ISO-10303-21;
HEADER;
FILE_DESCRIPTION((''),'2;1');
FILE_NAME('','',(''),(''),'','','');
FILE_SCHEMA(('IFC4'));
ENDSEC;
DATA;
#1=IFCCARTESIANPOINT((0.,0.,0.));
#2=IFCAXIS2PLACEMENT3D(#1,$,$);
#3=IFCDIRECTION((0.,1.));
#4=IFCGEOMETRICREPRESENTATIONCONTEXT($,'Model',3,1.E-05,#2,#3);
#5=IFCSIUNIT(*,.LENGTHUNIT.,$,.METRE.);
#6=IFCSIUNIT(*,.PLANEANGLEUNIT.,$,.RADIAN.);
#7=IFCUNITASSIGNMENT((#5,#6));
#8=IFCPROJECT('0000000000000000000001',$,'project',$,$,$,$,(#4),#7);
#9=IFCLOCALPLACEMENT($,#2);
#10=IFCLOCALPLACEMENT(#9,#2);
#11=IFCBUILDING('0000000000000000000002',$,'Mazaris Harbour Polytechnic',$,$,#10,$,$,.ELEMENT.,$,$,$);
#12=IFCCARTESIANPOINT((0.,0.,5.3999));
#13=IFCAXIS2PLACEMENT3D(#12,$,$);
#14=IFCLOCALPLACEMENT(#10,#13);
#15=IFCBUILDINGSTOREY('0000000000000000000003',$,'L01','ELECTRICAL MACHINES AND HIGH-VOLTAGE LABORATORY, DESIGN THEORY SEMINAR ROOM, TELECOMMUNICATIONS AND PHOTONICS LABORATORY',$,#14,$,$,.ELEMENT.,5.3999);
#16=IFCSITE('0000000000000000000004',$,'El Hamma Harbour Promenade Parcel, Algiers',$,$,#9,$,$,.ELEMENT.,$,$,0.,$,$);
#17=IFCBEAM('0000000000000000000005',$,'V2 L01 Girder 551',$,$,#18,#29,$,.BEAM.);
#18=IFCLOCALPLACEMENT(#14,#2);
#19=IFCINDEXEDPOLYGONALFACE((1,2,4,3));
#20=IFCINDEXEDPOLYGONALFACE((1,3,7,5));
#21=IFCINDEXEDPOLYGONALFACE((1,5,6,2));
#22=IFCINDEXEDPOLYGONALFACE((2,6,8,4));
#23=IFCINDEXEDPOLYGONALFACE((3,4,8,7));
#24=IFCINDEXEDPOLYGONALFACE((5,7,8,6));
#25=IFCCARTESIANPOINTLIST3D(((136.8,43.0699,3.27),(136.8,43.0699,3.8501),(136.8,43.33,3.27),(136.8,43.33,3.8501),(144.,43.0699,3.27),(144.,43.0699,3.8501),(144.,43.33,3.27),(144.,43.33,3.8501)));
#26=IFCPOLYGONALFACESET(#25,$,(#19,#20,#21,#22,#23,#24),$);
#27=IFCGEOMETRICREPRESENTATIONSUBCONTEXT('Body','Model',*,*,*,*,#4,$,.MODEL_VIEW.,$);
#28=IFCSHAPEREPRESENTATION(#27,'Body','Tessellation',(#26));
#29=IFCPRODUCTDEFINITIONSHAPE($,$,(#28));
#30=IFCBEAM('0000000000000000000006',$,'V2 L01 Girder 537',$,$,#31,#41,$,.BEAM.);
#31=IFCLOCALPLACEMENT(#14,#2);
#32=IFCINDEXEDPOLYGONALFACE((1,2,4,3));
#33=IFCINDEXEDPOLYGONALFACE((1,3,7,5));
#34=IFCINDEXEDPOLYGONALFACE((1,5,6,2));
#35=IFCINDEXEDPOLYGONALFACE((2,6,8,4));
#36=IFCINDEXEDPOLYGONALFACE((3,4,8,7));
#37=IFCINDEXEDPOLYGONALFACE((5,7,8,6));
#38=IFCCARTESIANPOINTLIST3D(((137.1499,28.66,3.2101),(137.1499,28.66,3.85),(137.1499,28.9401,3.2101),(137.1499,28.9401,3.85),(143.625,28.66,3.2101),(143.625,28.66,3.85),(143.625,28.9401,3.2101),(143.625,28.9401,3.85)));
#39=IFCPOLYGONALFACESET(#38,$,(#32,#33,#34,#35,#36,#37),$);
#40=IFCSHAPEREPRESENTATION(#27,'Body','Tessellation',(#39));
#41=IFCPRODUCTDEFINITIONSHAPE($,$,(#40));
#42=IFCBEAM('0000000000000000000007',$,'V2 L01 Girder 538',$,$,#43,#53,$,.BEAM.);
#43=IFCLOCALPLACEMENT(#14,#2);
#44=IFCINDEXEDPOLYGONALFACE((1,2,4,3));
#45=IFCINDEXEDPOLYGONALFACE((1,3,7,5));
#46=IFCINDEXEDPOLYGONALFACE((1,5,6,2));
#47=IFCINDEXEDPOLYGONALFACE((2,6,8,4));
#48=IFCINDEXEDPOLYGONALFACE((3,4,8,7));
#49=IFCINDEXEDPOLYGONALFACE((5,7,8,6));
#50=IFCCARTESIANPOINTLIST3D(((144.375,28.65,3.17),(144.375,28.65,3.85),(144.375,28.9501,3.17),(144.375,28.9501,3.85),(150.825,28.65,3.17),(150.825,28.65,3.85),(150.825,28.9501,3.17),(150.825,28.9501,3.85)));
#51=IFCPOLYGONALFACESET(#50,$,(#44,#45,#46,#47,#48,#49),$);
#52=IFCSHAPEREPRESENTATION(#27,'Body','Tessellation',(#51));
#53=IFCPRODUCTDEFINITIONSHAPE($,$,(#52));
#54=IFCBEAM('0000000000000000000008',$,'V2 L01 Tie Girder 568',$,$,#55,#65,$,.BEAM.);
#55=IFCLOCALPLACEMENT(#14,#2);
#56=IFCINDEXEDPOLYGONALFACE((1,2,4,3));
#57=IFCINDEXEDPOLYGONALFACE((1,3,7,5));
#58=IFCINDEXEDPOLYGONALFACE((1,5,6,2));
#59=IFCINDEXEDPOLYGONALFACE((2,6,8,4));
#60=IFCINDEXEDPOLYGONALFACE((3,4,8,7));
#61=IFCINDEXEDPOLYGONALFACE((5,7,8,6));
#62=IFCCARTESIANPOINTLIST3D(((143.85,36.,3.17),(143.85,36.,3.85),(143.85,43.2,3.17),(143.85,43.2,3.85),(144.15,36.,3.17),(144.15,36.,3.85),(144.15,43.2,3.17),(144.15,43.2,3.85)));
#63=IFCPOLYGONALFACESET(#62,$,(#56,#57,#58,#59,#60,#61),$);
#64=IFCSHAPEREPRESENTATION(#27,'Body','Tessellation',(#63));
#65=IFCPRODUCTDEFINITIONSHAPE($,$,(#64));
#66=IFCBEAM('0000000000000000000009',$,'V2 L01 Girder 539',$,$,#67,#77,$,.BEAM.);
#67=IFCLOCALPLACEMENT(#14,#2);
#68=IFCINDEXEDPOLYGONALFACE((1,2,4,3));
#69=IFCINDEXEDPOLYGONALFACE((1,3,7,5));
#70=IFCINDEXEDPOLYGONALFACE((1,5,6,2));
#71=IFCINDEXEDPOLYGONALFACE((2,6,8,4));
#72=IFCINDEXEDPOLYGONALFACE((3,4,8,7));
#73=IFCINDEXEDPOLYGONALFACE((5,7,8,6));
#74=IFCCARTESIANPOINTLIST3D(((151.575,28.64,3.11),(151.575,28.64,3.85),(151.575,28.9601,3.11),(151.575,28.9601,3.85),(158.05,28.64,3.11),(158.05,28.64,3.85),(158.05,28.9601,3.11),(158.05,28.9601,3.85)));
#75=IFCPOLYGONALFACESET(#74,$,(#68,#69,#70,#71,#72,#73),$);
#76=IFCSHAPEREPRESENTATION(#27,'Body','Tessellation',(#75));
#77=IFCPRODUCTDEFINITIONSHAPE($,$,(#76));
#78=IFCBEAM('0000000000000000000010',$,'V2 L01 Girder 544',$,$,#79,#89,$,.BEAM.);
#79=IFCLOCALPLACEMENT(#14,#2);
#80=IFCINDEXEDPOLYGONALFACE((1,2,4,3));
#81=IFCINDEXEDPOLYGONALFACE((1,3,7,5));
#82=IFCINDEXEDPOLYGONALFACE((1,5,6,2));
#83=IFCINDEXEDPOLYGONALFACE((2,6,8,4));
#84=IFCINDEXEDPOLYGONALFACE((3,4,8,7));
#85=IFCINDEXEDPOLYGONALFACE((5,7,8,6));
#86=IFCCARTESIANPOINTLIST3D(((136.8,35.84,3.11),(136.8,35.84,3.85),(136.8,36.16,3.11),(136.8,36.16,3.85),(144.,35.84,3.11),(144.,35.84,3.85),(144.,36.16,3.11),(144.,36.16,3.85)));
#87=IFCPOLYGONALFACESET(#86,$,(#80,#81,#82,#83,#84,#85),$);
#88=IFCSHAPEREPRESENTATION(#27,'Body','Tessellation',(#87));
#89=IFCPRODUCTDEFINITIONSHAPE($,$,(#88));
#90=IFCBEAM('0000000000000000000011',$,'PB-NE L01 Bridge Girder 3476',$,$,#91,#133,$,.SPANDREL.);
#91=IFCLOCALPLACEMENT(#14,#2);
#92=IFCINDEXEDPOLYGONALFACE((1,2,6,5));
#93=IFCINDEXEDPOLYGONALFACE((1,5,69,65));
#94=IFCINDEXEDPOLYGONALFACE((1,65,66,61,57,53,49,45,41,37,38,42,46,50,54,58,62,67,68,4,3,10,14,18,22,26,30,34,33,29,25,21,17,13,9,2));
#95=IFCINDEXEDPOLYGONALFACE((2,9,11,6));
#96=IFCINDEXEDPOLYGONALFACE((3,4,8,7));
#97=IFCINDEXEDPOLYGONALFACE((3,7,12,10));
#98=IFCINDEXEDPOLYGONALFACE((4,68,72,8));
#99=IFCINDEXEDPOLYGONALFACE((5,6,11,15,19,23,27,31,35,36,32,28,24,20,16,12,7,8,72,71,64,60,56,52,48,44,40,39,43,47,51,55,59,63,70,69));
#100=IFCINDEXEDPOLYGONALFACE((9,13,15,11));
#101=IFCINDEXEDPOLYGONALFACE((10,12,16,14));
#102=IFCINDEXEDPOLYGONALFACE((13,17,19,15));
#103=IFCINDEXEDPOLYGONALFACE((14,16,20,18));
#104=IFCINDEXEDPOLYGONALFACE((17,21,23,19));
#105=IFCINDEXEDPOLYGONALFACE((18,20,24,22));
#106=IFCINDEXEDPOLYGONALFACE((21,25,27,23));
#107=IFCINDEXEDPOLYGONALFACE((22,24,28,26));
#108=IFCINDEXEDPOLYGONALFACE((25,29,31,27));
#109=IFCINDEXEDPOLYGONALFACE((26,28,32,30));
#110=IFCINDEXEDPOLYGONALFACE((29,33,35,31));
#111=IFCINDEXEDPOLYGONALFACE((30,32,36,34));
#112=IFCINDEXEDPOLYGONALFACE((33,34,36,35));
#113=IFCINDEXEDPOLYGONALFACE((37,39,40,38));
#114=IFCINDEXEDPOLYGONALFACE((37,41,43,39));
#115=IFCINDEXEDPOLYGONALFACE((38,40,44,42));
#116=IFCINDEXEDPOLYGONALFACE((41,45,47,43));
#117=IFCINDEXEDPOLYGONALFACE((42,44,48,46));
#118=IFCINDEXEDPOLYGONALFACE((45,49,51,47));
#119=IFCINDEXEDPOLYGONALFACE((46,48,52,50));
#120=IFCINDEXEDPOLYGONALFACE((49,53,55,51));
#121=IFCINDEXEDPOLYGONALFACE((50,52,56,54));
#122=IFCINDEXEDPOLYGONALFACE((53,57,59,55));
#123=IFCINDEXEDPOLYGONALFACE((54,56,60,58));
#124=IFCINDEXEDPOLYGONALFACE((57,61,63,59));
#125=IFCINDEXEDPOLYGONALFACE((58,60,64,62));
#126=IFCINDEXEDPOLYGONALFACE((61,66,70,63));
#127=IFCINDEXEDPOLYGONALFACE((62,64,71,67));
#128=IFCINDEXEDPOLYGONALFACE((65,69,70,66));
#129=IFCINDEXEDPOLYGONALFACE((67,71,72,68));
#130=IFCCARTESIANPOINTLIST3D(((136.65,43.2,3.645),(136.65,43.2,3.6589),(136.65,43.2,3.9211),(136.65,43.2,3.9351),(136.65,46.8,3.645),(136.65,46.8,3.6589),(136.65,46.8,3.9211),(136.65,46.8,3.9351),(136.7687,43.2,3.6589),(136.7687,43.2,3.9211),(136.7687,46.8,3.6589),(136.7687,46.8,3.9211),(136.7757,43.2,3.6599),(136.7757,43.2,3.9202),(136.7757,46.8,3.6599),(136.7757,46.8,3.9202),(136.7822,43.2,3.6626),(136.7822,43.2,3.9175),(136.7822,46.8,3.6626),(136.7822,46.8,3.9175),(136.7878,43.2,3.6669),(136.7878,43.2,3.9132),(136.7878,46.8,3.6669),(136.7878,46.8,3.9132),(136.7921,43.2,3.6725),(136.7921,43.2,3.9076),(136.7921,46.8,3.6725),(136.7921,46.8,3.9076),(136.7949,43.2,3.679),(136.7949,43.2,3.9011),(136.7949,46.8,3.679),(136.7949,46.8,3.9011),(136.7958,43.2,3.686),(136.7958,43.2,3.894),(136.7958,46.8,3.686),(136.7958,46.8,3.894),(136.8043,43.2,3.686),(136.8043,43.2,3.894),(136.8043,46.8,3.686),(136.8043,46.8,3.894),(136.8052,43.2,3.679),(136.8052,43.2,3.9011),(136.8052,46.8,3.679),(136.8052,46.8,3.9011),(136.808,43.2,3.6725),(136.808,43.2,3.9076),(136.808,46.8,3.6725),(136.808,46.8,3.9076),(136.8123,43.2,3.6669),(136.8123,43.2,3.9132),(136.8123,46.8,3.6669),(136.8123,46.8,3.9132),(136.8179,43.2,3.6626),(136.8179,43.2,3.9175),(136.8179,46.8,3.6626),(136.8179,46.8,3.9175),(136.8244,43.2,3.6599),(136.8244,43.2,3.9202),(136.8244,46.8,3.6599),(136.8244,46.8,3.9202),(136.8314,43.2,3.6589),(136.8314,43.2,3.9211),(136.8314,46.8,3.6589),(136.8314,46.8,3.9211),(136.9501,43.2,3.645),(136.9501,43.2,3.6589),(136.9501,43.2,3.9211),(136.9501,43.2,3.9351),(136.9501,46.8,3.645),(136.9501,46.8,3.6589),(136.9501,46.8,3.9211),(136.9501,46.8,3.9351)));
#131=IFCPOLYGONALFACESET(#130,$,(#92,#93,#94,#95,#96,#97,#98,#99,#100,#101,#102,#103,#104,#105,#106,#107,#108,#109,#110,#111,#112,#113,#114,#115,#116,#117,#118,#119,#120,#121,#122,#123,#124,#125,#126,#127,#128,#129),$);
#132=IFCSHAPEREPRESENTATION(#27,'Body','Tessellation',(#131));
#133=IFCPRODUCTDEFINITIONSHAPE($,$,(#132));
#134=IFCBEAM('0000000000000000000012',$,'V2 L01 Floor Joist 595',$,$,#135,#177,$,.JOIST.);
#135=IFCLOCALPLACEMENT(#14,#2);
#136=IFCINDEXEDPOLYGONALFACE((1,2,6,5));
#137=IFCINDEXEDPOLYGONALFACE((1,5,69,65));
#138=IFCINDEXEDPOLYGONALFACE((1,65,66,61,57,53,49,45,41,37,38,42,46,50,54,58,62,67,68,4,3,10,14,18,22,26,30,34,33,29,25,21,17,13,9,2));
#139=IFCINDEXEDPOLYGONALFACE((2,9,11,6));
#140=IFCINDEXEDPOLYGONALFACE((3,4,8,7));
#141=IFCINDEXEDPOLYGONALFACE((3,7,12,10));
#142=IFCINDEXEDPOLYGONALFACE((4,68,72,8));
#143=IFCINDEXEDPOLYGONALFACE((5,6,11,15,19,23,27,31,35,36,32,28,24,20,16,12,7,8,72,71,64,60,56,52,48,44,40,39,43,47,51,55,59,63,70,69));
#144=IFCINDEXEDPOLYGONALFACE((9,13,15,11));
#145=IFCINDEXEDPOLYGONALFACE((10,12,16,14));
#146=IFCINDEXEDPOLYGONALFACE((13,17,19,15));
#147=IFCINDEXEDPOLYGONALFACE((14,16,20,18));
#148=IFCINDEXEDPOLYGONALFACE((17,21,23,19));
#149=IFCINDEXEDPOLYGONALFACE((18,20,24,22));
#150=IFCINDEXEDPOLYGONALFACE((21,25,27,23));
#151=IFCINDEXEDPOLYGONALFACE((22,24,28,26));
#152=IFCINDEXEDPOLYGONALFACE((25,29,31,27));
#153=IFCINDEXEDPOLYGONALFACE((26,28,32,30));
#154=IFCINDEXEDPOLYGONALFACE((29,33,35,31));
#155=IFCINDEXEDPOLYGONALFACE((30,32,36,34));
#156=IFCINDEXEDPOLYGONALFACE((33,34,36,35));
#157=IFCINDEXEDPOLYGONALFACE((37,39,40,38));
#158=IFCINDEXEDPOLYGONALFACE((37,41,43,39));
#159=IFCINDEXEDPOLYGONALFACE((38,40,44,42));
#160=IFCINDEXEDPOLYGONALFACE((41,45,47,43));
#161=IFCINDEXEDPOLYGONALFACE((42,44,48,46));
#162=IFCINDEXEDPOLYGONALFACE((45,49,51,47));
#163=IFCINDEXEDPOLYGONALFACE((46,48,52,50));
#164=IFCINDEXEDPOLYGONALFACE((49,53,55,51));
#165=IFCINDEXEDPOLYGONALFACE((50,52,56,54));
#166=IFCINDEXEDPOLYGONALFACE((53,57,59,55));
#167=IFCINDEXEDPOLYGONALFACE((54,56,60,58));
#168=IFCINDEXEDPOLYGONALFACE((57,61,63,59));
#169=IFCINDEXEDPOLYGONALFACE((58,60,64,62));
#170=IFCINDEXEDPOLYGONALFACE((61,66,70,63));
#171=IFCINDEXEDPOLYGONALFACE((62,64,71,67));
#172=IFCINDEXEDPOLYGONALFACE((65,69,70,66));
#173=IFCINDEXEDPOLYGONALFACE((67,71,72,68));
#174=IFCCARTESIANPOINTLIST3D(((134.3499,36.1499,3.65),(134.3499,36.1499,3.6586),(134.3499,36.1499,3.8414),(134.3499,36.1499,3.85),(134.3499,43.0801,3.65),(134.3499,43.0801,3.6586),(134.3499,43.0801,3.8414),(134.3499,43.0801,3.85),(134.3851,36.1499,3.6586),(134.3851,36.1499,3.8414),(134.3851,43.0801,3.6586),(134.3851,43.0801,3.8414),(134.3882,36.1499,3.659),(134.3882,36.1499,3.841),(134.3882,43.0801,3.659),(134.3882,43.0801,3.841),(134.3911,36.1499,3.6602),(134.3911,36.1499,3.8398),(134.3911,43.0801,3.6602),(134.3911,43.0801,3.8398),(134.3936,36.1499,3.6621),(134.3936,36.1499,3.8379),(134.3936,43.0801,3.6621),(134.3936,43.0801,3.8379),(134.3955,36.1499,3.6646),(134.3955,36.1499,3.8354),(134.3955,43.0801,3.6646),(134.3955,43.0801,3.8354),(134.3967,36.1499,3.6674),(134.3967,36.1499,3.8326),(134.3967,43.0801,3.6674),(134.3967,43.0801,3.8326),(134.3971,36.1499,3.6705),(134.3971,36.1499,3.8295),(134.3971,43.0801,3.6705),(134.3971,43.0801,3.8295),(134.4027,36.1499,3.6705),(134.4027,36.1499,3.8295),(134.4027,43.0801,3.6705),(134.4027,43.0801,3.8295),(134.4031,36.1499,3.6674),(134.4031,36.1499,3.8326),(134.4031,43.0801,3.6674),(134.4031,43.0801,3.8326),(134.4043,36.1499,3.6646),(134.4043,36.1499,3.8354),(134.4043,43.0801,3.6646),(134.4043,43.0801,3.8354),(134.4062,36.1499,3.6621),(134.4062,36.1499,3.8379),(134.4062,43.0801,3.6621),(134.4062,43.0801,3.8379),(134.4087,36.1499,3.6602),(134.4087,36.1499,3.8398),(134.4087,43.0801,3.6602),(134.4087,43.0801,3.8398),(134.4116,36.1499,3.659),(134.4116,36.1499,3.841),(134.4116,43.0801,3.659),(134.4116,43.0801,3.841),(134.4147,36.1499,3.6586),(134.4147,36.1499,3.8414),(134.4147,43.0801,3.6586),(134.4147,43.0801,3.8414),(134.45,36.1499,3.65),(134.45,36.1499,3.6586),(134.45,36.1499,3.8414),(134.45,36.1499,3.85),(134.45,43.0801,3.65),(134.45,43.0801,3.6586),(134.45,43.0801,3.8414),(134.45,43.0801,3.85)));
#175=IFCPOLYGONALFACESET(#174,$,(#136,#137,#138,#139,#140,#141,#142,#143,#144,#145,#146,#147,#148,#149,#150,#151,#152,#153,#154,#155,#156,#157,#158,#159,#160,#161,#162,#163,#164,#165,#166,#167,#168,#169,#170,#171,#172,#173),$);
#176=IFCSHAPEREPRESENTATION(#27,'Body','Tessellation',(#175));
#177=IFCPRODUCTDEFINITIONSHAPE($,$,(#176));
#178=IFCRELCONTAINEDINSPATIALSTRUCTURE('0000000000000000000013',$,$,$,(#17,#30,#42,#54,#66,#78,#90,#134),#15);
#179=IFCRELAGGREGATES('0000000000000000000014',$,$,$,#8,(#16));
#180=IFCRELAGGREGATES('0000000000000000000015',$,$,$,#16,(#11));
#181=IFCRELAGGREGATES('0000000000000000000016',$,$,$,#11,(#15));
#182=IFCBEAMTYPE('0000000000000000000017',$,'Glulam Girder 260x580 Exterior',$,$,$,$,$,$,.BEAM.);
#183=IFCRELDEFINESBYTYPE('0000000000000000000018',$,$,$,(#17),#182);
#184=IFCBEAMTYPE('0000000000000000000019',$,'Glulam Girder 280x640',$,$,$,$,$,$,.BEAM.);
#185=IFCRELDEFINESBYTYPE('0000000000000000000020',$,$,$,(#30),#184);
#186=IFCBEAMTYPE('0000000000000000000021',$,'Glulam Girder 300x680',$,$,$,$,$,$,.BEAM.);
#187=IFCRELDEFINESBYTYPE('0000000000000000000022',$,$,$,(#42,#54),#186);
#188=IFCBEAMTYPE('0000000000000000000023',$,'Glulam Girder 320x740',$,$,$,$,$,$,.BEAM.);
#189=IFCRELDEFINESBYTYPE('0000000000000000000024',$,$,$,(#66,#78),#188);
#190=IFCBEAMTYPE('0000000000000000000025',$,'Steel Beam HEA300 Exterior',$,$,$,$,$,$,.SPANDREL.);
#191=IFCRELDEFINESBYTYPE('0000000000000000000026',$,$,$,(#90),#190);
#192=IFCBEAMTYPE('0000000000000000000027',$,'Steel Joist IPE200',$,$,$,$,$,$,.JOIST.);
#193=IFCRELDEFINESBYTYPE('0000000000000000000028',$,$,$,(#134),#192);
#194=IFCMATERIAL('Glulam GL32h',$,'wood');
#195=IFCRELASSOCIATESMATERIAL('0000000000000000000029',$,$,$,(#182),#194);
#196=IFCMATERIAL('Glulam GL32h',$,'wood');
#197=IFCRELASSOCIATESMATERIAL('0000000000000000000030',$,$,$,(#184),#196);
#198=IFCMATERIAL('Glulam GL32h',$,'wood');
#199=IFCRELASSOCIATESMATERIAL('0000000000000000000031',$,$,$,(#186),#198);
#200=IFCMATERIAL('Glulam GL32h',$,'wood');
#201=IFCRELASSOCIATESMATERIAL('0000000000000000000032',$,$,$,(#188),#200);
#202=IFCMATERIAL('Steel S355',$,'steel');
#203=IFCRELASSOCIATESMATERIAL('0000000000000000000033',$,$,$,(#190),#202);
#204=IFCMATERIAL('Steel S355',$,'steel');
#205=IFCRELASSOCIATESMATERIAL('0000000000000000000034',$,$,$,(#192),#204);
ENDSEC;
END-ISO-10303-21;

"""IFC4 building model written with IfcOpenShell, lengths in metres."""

from ifc_helpers import new_model, si_unit, direction, frame, origin, origin_2d, place, context, subcontext, project, spatial, rectangle, i_section, extrude, material, material_profile, profile_set, type_object, element, save


model = new_model("IFC4")

# Units and contexts
model_context = context("Model", 3, precision=1e-05, world=origin(), true_north=direction((0.0, 1.0)))
body_context = subcontext(model_context, "Body", "Model", "MODEL_VIEW")
ifc_project = project(units=[si_unit("LENGTHUNIT", "METRE"), si_unit("PLANEANGLEUNIT", "RADIAN")], contexts=[model_context])

# Site, building, storey
site_placement = place(None, origin())
site = spatial("IfcSite", under=ifc_project, at=site_placement, Name="El Hamma Harbour Promenade Parcel, Algiers", CompositionType="ELEMENT", RefElevation=0.0)
building_placement = place(site_placement, origin())
building = spatial("IfcBuilding", under=site, at=building_placement, Name="Mazaris Harbour Polytechnic", CompositionType="ELEMENT")
storey_placement = place(building_placement, frame((0.0, 0.0, 5.3999)))
storey = spatial("IfcBuildingStorey", under=building, at=storey_placement, Name="L01", Description="ELECTRICAL MACHINES AND HIGH-VOLTAGE LABORATORY, DESIGN THEORY SEMINAR ROOM, TELECOMMUNICATIONS AND PHOTONICS LABORATORY", CompositionType="ELEMENT", Elevation=5.3999)

# Beams
ifc_material_1 = material(Name="Glulam GL32h", Category="wood")
ifc_material_profile_1 = material_profile(ifc_material_1, rectangle(XDim=0.26, YDim=0.5801, at=origin_2d()), Name="RECT260x580")
ifc_profile_set_1 = profile_set([ifc_material_profile_1], Name="Glulam GL32h")
beam_type_1 = type_object("IfcBeamType", Name="Glulam Girder 260x580 Exterior", PredefinedType="BEAM", material=ifc_profile_set_1)
beam_1_placement = place(storey_placement, frame((136.8, 43.2, 3.5601), z_axis=(1.0, 0.0, 0.0), x_axis=(0.0, 1.0, 0.0)))
element("IfcBeam", 1, at=beam_1_placement, inside=storey, type_object=beam_type_1, Name="V2 L01 Girder 551", PredefinedType="BEAM", context=body_context, shape_type="SweptSolid", body=[
    extrude(rectangle(XDim=0.26, YDim=0.5801, at=origin_2d()), origin(), (0.0, 0.0, 1.0), 7.2),
])
ifc_material_2 = material(Name="Glulam GL32h", Category="wood")
ifc_material_profile_2 = material_profile(ifc_material_2, rectangle(XDim=0.28, YDim=0.6399, at=origin_2d()), Name="RECT280x640")
ifc_profile_set_2 = profile_set([ifc_material_profile_2], Name="Glulam GL32h")
beam_type_2 = type_object("IfcBeamType", Name="Glulam Girder 280x640", PredefinedType="BEAM", material=ifc_profile_set_2)
beam_2_placement = place(storey_placement, frame((137.1499, 28.8, 3.53), z_axis=(1.0, 0.0, 0.0), x_axis=(0.0, 1.0, 0.0)))
element("IfcBeam", 2, at=beam_2_placement, inside=storey, type_object=beam_type_2, Name="V2 L01 Girder 537", PredefinedType="BEAM", context=body_context, shape_type="SweptSolid", body=[
    extrude(rectangle(XDim=0.28, YDim=0.6399, at=origin_2d()), origin(), (0.0, 0.0, 1.0), 6.4751),
])
ifc_material_3 = material(Name="Glulam GL32h", Category="wood")
ifc_material_profile_3 = material_profile(ifc_material_3, rectangle(XDim=0.3, YDim=0.6799, at=origin_2d()), Name="RECT300x680")
ifc_profile_set_3 = profile_set([ifc_material_profile_3], Name="Glulam GL32h")
beam_type_3 = type_object("IfcBeamType", Name="Glulam Girder 300x680", PredefinedType="BEAM", material=ifc_profile_set_3)
beam_3_placement = place(storey_placement, frame((144.375, 28.8, 3.51), z_axis=(1.0, 0.0, 0.0), x_axis=(0.0, 1.0, 0.0)))
element("IfcBeam", 3, at=beam_3_placement, inside=storey, type_object=beam_type_3, Name="V2 L01 Girder 538", PredefinedType="BEAM", context=body_context, shape_type="SweptSolid", body=[
    extrude(rectangle(XDim=0.3, YDim=0.6799, at=origin_2d()), origin(), (0.0, 0.0, 1.0), 6.45),
])
beam_4_placement = place(storey_placement, frame((144.0, 36.0, 3.51), z_axis=(0.0, 1.0, 0.0), x_axis=(-1.0, 0.0, 0.0)))
element("IfcBeam", 4, at=beam_4_placement, inside=storey, type_object=beam_type_3, Name="V2 L01 Tie Girder 568", PredefinedType="BEAM", context=body_context, shape_type="SweptSolid", body=[
    extrude(rectangle(XDim=0.3, YDim=0.6799, at=origin_2d()), origin(), (0.0, 0.0, 1.0), 7.2),
])
ifc_material_4 = material(Name="Glulam GL32h", Category="wood")
ifc_material_profile_4 = material_profile(ifc_material_4, rectangle(XDim=0.3201, YDim=0.74, at=origin_2d()), Name="RECT320x740")
ifc_profile_set_4 = profile_set([ifc_material_profile_4], Name="Glulam GL32h")
beam_type_4 = type_object("IfcBeamType", Name="Glulam Girder 320x740", PredefinedType="BEAM", material=ifc_profile_set_4)
beam_5_placement = place(storey_placement, frame((151.575, 28.8, 3.48), z_axis=(1.0, 0.0, 0.0), x_axis=(0.0, 1.0, 0.0)))
element("IfcBeam", 5, at=beam_5_placement, inside=storey, type_object=beam_type_4, Name="V2 L01 Girder 539", PredefinedType="BEAM", context=body_context, shape_type="SweptSolid", body=[
    extrude(rectangle(XDim=0.3201, YDim=0.74, at=origin_2d()), origin(), (0.0, 0.0, 1.0), 6.4751),
])
beam_6_placement = place(storey_placement, frame((136.8, 36.0, 3.48), z_axis=(1.0, 0.0, 0.0), x_axis=(0.0, 1.0, 0.0)))
element("IfcBeam", 6, at=beam_6_placement, inside=storey, type_object=beam_type_4, Name="V2 L01 Girder 544", PredefinedType="BEAM", context=body_context, shape_type="SweptSolid", body=[
    extrude(rectangle(XDim=0.3201, YDim=0.74, at=origin_2d()), origin(), (0.0, 0.0, 1.0), 7.2),
])
ifc_material_5 = material(Name="Steel S355", Category="steel")
ifc_material_profile_5 = material_profile(ifc_material_5, i_section(OverallWidth=0.3, OverallDepth=0.29, WebThickness=0.0085, FlangeThickness=0.0139, FilletRadius=0.0271, at=origin_2d()), Name="HEA 300")
ifc_profile_set_5 = profile_set([ifc_material_profile_5], Name="Steel S355")
beam_type_5 = type_object("IfcBeamType", Name="Steel Beam HEA300 Exterior", PredefinedType="SPANDREL", material=ifc_profile_set_5)
beam_7_placement = place(storey_placement, frame((136.8, 43.2, 3.79), z_axis=(0.0, 1.0, 0.0), x_axis=(-1.0, 0.0, 0.0)))
element("IfcBeam", 7, at=beam_7_placement, inside=storey, type_object=beam_type_5, Name="PB-NE L01 Bridge Girder 3476", PredefinedType="SPANDREL", context=body_context, shape_type="SweptSolid", body=[
    extrude(i_section(OverallWidth=0.3, OverallDepth=0.29, WebThickness=0.0085, FlangeThickness=0.0139, FilletRadius=0.0271, at=origin_2d()), origin(), (0.0, 0.0, 1.0), 3.6001),
])
ifc_material_6 = material(Name="Steel S355", Category="steel")
ifc_material_profile_6 = material_profile(ifc_material_6, i_section(OverallWidth=0.1001, OverallDepth=0.2, WebThickness=0.0056, FlangeThickness=0.0085, FilletRadius=0.012, at=origin_2d()), Name="IPE 200")
ifc_profile_set_6 = profile_set([ifc_material_profile_6], Name="Steel S355")
beam_type_6 = type_object("IfcBeamType", Name="Steel Joist IPE200", PredefinedType="JOIST", material=ifc_profile_set_6)
beam_8_placement = place(storey_placement, frame((134.3999, 36.1499, 3.75), z_axis=(0.0, 1.0, 0.0), x_axis=(-1.0, 0.0, 0.0)))
element("IfcBeam", 8, at=beam_8_placement, inside=storey, type_object=beam_type_6, Name="V2 L01 Floor Joist 595", PredefinedType="JOIST", context=body_context, shape_type="SweptSolid", body=[
    extrude(i_section(OverallWidth=0.1001, OverallDepth=0.2, WebThickness=0.0056, FlangeThickness=0.0085, FilletRadius=0.012, at=origin_2d()), origin(), (0.0, 0.0, 1.0), 6.9302),
])

save(model, "model.ifc")
